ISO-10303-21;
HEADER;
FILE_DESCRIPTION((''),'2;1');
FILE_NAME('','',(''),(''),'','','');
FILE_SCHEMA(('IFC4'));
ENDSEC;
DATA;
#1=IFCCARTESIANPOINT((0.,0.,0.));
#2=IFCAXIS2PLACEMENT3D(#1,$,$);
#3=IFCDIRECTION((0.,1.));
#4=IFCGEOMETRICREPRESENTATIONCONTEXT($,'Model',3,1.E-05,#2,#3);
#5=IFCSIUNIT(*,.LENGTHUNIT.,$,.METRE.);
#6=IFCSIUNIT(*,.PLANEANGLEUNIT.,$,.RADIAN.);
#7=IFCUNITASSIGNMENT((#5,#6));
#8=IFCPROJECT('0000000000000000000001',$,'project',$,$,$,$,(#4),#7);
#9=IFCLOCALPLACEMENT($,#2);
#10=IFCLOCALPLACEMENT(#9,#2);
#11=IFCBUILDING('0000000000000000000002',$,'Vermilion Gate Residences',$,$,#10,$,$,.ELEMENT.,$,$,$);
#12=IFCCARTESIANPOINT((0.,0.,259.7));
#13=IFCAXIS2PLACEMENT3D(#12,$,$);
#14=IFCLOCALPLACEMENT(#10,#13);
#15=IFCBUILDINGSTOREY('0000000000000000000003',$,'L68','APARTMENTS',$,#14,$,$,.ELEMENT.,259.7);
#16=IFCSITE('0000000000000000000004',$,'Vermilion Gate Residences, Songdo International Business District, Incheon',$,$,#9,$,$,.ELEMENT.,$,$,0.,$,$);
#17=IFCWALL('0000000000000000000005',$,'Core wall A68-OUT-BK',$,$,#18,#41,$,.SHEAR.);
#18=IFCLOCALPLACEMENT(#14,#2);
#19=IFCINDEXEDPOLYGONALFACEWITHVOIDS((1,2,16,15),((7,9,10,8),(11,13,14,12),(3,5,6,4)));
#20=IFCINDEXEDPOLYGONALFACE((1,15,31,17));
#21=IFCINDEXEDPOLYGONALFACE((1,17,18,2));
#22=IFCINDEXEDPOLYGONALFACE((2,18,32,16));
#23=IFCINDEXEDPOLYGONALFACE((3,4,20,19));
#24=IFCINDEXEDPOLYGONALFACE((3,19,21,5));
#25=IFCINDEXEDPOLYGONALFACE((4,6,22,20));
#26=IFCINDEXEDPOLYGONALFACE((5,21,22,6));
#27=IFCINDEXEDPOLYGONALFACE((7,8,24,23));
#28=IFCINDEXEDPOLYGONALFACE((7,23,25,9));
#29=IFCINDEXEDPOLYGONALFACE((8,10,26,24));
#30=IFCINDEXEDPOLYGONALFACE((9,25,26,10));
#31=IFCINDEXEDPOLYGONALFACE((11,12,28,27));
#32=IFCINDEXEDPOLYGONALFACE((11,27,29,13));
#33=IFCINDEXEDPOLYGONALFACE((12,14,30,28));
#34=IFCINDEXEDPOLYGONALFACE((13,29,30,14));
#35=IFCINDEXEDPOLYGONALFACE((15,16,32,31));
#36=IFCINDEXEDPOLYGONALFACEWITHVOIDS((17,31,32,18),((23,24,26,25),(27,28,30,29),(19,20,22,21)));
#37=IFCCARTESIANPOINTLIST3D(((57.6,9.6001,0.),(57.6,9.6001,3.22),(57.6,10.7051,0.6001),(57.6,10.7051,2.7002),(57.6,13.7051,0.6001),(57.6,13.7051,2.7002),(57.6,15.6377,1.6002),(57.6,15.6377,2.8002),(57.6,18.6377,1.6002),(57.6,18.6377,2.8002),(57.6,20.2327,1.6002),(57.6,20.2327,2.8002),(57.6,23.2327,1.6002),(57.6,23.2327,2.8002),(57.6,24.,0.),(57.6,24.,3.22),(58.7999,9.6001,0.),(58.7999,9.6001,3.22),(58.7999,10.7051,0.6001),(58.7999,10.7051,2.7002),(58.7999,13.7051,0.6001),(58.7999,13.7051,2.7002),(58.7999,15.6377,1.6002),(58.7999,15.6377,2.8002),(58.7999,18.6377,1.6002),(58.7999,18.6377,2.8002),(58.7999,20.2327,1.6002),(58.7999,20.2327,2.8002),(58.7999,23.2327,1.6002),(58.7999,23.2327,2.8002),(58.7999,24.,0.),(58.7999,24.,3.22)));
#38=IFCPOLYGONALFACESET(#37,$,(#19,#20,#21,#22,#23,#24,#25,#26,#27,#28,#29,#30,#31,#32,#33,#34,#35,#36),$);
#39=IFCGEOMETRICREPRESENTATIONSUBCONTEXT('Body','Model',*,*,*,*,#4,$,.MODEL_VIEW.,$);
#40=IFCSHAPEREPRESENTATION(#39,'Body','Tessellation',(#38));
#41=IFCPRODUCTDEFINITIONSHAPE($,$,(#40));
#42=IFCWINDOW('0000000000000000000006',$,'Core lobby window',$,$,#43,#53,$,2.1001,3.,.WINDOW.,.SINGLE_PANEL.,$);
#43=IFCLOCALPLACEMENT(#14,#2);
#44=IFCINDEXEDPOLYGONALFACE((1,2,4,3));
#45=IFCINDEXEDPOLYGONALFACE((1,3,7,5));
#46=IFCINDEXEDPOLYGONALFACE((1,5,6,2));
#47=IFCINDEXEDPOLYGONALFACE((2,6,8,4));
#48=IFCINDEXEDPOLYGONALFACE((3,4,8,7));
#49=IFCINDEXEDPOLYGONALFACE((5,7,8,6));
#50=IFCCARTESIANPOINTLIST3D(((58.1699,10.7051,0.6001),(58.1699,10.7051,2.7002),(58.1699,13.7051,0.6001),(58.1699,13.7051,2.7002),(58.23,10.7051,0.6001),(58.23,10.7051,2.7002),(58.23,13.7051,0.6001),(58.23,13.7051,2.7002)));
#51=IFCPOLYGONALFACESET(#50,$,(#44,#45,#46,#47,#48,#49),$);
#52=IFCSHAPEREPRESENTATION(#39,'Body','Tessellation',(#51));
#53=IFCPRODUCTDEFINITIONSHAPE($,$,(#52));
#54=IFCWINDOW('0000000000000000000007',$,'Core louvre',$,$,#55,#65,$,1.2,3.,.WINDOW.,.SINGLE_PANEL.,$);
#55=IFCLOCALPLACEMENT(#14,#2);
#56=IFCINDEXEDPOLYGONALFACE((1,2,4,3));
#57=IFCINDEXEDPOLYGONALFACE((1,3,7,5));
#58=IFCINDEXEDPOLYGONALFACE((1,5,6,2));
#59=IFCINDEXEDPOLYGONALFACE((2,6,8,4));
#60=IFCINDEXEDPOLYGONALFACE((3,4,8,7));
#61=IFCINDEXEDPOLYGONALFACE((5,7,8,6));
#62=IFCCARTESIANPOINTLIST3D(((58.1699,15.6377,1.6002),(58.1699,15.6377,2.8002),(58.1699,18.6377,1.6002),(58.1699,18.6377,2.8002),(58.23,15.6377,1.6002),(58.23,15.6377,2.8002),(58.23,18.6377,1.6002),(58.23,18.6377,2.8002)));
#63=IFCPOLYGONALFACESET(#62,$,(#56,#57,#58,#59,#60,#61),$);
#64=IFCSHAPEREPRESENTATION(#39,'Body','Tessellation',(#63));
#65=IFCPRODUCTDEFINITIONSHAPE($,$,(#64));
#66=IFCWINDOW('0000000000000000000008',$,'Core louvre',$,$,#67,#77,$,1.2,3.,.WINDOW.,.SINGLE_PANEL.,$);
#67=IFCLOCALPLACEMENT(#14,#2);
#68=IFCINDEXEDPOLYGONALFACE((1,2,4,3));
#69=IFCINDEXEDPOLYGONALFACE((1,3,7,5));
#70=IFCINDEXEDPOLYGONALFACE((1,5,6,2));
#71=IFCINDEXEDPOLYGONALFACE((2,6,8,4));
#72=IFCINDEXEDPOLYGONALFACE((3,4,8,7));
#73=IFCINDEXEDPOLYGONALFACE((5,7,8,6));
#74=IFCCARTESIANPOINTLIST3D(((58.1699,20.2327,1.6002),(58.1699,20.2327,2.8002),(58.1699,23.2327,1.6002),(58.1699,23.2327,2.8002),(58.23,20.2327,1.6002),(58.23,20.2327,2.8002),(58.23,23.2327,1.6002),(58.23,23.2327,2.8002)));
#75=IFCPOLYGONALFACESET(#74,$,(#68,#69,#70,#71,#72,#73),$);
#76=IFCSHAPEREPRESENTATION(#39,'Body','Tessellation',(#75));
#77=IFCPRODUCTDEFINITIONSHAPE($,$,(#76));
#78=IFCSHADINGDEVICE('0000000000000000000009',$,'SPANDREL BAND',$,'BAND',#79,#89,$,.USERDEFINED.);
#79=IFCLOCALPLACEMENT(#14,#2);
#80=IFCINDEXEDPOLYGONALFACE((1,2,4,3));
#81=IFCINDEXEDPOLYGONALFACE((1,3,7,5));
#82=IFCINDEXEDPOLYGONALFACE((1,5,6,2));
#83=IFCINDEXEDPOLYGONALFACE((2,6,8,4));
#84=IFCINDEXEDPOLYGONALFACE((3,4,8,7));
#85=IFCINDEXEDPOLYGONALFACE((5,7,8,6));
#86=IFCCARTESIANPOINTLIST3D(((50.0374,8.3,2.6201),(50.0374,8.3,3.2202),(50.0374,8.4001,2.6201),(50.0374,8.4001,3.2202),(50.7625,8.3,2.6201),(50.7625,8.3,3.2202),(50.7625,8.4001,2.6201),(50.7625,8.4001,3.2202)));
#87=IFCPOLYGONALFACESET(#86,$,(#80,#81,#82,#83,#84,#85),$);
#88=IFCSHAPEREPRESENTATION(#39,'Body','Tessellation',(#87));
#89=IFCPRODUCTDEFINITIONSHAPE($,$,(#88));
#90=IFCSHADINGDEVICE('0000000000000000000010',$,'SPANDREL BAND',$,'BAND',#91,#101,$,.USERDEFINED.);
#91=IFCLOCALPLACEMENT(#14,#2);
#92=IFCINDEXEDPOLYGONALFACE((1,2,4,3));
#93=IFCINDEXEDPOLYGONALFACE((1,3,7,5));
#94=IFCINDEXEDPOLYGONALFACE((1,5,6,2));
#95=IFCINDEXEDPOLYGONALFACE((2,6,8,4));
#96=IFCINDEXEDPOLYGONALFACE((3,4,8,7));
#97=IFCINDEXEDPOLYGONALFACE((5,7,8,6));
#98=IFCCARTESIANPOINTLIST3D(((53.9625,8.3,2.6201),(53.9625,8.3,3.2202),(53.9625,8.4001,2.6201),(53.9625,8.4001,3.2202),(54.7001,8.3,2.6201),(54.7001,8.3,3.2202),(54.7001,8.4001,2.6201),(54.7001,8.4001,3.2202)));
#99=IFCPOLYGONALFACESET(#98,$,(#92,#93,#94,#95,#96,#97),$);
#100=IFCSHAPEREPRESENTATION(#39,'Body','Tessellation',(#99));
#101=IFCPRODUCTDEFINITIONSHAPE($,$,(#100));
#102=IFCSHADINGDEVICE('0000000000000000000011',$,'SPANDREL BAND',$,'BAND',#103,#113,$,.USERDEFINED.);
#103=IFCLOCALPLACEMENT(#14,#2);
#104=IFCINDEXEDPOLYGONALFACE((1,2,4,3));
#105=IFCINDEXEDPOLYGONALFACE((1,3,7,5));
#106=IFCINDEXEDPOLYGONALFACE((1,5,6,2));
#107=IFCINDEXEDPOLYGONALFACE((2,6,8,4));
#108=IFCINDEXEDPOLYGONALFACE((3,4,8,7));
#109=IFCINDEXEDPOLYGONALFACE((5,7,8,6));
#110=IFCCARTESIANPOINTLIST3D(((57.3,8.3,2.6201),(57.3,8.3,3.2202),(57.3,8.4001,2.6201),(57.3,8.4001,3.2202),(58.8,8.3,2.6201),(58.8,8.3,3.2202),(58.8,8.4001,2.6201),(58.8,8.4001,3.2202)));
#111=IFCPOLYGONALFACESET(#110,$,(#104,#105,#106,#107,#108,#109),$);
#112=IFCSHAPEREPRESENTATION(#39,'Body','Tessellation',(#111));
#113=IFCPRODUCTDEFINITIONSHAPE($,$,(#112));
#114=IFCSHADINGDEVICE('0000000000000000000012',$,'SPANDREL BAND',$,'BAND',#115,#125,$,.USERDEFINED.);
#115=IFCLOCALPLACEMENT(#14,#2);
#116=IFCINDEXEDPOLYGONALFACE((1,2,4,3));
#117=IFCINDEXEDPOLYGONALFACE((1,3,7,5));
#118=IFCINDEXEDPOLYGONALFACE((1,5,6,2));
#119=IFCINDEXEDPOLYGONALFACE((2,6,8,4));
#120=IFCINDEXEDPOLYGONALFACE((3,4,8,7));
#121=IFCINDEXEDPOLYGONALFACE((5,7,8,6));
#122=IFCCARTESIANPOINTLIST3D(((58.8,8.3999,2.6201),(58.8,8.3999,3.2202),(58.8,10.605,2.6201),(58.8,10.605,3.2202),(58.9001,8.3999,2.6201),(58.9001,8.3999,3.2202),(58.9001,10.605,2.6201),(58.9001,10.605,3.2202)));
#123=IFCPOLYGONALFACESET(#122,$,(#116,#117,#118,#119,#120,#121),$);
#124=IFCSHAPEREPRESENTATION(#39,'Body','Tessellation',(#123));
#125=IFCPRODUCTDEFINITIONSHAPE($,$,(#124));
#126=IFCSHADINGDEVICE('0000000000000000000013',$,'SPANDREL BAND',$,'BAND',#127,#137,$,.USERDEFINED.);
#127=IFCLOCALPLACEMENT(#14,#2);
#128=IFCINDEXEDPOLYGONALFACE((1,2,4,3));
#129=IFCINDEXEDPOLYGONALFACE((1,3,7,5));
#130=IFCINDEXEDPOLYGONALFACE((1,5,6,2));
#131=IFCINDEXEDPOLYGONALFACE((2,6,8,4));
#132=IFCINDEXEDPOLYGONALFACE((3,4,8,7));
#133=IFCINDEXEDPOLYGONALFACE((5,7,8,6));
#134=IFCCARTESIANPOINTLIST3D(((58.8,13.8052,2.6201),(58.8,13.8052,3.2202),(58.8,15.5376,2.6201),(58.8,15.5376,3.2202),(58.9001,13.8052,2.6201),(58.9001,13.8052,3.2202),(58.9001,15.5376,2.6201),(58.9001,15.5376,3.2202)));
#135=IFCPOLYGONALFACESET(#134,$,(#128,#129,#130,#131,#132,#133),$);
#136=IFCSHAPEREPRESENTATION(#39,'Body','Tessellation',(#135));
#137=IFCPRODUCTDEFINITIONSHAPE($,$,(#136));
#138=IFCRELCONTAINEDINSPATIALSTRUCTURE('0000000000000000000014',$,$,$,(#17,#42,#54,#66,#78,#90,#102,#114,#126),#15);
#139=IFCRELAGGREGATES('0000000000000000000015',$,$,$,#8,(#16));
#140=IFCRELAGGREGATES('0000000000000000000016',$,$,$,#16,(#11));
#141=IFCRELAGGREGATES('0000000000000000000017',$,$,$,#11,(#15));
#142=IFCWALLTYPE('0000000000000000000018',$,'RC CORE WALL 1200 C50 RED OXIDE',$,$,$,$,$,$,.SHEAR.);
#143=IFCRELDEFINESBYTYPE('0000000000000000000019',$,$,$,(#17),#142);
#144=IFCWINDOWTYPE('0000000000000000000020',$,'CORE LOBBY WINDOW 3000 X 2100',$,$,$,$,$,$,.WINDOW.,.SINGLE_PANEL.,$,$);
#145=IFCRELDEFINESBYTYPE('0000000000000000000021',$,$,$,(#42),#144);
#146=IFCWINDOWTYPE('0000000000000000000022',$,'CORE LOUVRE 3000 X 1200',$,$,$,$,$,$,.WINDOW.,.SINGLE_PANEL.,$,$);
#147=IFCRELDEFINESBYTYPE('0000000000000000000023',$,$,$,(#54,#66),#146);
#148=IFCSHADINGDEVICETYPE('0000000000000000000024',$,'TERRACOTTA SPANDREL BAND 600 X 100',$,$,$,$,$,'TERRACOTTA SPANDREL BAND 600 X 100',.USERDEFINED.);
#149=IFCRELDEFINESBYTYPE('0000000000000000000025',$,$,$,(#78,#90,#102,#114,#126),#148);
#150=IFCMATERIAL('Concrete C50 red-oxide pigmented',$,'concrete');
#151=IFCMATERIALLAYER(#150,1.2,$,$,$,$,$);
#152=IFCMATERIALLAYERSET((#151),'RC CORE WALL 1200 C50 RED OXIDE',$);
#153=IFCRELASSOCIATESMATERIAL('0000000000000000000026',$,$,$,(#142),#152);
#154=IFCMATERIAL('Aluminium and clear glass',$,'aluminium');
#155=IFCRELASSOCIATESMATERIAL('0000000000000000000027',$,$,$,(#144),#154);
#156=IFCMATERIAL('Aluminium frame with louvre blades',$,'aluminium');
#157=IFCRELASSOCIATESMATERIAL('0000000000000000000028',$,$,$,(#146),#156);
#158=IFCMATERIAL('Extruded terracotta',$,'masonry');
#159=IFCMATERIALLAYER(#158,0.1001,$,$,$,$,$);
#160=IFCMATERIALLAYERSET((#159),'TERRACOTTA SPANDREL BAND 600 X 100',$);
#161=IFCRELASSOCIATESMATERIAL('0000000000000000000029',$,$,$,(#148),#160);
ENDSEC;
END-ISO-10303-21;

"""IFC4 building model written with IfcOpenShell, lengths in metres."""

from ifc_helpers import new_model, si_unit, direction, frame, frame_2d, origin, origin_2d, place, context, subcontext, project, spatial, rectangle, extrude, material, layer, layer_set, type_object, element, fill, save


model = new_model("IFC4")

# Units and contexts
model_context = context("Model", 3, precision=1e-05, world=origin(), true_north=direction((0.0, 1.0)))
body_context = subcontext(model_context, "Body", "Model", "MODEL_VIEW")
ifc_project = project(units=[si_unit("LENGTHUNIT", "METRE"), si_unit("PLANEANGLEUNIT", "RADIAN")], contexts=[model_context])

# Site, building, storey
site_placement = place(None, origin())
site = spatial("IfcSite", under=ifc_project, at=site_placement, Name="Vermilion Gate Residences, Songdo International Business District, Incheon", CompositionType="ELEMENT", RefElevation=0.0)
building_placement = place(site_placement, origin())
building = spatial("IfcBuilding", under=site, at=building_placement, Name="Vermilion Gate Residences", CompositionType="ELEMENT")
storey_placement = place(building_placement, frame((0.0, 0.0, 259.7)))
storey = spatial("IfcBuildingStorey", under=building, at=storey_placement, Name="L68", Description="APARTMENTS", CompositionType="ELEMENT", Elevation=259.7)

# Wall, openings, windows
ifc_material_1 = material(Name="Concrete C50 red-oxide pigmented", Category="concrete")
ifc_layer_1 = layer(ifc_material_1, 1.2)
ifc_layer_set_1 = layer_set([ifc_layer_1], Name="RC CORE WALL 1200 C50 RED OXIDE")
wall_type_1 = type_object("IfcWallType", Name="RC CORE WALL 1200 C50 RED OXIDE", PredefinedType="SHEAR", material=ifc_layer_set_1)
wall_1_placement = place(storey_placement, frame((58.2, 9.6001, 0.0), z_axis=(0.0, 0.0, 1.0), x_axis=(0.0, 1.0, 0.0)))
wall_1 = element("IfcWall", 1, at=wall_1_placement, inside=storey, type_object=wall_type_1, Name="Core wall A68-OUT-BK", PredefinedType="SHEAR", context=body_context, shape_type="SweptSolid", body=[
    extrude(rectangle(XDim=14.3999, YDim=1.2, at=frame_2d((7.2, 0.0))), origin(), (0.0, 0.0, 1.0), 3.22),
])
opening_1_placement = place(wall_1_placement, frame((1.105, 0.0, 0.6001)))
opening_1 = element("IfcOpeningElement", 2, at=opening_1_placement, cuts=wall_1, PredefinedType="OPENING", context=body_context, shape_type="SweptSolid", body=[
    extrude(rectangle(XDim=3.0, YDim=2.1001, at=frame_2d((1.5, 1.05))), frame((0.0, 0.6099, 0.0), z_axis=(0.0, -1.0, 0.0), x_axis=(1.0, 0.0, 0.0)), (0.0, 0.0, 1.0), 1.22),
])
opening_2_placement = place(wall_1_placement, frame((6.0376, 0.0, 1.6001)))
opening_2 = element("IfcOpeningElement", 3, at=opening_2_placement, cuts=wall_1, PredefinedType="OPENING", context=body_context, shape_type="SweptSolid", body=[
    extrude(rectangle(XDim=3.0, YDim=1.2, at=frame_2d((1.5, 0.6001))), frame((0.0, 0.6099, 0.0), z_axis=(0.0, -1.0, 0.0), x_axis=(1.0, 0.0, 0.0)), (0.0, 0.0, 1.0), 1.22),
])
opening_3_placement = place(wall_1_placement, frame((10.6326, 0.0, 1.6001)))
opening_3 = element("IfcOpeningElement", 4, at=opening_3_placement, cuts=wall_1, PredefinedType="OPENING", context=body_context, shape_type="SweptSolid", body=[
    extrude(rectangle(XDim=3.0, YDim=1.2, at=frame_2d((1.5, 0.6001))), frame((0.0, 0.6099, 0.0), z_axis=(0.0, -1.0, 0.0), x_axis=(1.0, 0.0, 0.0)), (0.0, 0.0, 1.0), 1.22),
])
ifc_material_2 = material(Name="Aluminium and clear glass", Category="aluminium")
window_type_1 = type_object("IfcWindowType", Name="CORE LOBBY WINDOW 3000 X 2100", PartitioningType="SINGLE_PANEL", PredefinedType="WINDOW", material=ifc_material_2)
window_1_placement = place(opening_1_placement, origin())
window_1 = element("IfcWindow", 5, at=window_1_placement, inside=storey, type_object=window_type_1, Name="Core lobby window", OverallHeight=2.1001, OverallWidth=3.0, PartitioningType="SINGLE_PANEL", PredefinedType="WINDOW", context=body_context, shape_type="SweptSolid", body=[
    extrude(rectangle(XDim=3.0, YDim=2.1001, at=frame_2d((1.5, 1.05))), frame((0.0, 0.03, 0.0), z_axis=(0.0, -1.0, 0.0), x_axis=(1.0, 0.0, 0.0)), (0.0, 0.0, 1.0), 0.0601),
])
fill(opening_1, window_1)
ifc_material_3 = material(Name="Aluminium frame with louvre blades", Category="aluminium")
window_type_2 = type_object("IfcWindowType", Name="CORE LOUVRE 3000 X 1200", PartitioningType="SINGLE_PANEL", PredefinedType="WINDOW", material=ifc_material_3)
window_2_placement = place(opening_2_placement, origin())
window_2 = element("IfcWindow", 6, at=window_2_placement, inside=storey, type_object=window_type_2, Name="Core louvre", OverallHeight=1.2, OverallWidth=3.0, PartitioningType="SINGLE_PANEL", PredefinedType="WINDOW", context=body_context, shape_type="SweptSolid", body=[
    extrude(rectangle(XDim=3.0, YDim=1.2, at=frame_2d((1.5, 0.6001))), frame((0.0, 0.03, 0.0), z_axis=(0.0, -1.0, 0.0), x_axis=(1.0, 0.0, 0.0)), (0.0, 0.0, 1.0), 0.0601),
])
fill(opening_2, window_2)
window_3_placement = place(opening_3_placement, origin())
window_3 = element("IfcWindow", 7, at=window_3_placement, inside=storey, type_object=window_type_2, Name="Core louvre", OverallHeight=1.2, OverallWidth=3.0, PartitioningType="SINGLE_PANEL", PredefinedType="WINDOW", context=body_context, shape_type="SweptSolid", body=[
    extrude(rectangle(XDim=3.0, YDim=1.2, at=frame_2d((1.5, 0.6001))), frame((0.0, 0.03, 0.0), z_axis=(0.0, -1.0, 0.0), x_axis=(1.0, 0.0, 0.0)), (0.0, 0.0, 1.0), 0.0601),
])
fill(opening_3, window_3)

# Shading devices
ifc_material_4 = material(Name="Extruded terracotta", Category="masonry")
ifc_layer_2 = layer(ifc_material_4, 0.1001)
ifc_layer_set_2 = layer_set([ifc_layer_2], Name="TERRACOTTA SPANDREL BAND 600 X 100")
shading_device_type = type_object("IfcShadingDeviceType", Name="TERRACOTTA SPANDREL BAND 600 X 100", ElementType="TERRACOTTA SPANDREL BAND 600 X 100", PredefinedType="USERDEFINED", material=ifc_layer_set_2)
shading_device_1_placement = place(storey_placement, frame((50.3999, 8.3501, 2.6201), z_axis=(0.0, 0.0, 1.0), x_axis=(1.0, 0.0, 0.0)))
element("IfcShadingDevice", 8, at=shading_device_1_placement, inside=storey, type_object=shading_device_type, Name="SPANDREL BAND", ObjectType="BAND", PredefinedType="USERDEFINED", context=body_context, shape_type="SweptSolid", body=[
    extrude(rectangle(XDim=0.7251, YDim=0.1001, at=origin_2d()), origin(), (0.0, 0.0, 1.0), 0.6001),
])
shading_device_2_placement = place(storey_placement, frame((54.3313, 8.3501, 2.6201), z_axis=(0.0, 0.0, 1.0), x_axis=(1.0, 0.0, 0.0)))
element("IfcShadingDevice", 9, at=shading_device_2_placement, inside=storey, type_object=shading_device_type, Name="SPANDREL BAND", ObjectType="BAND", PredefinedType="USERDEFINED", context=body_context, shape_type="SweptSolid", body=[
    extrude(rectangle(XDim=0.7375, YDim=0.1001, at=origin_2d()), origin(), (0.0, 0.0, 1.0), 0.6001),
])
shading_device_3_placement = place(storey_placement, frame((58.05, 8.3501, 2.6201), z_axis=(0.0, 0.0, 1.0), x_axis=(1.0, 0.0, 0.0)))
element("IfcShadingDevice", 10, at=shading_device_3_placement, inside=storey, type_object=shading_device_type, Name="SPANDREL BAND", ObjectType="BAND", PredefinedType="USERDEFINED", context=body_context, shape_type="SweptSolid", body=[
    extrude(rectangle(XDim=1.5, YDim=0.1001, at=origin_2d()), origin(), (0.0, 0.0, 1.0), 0.6001),
])
shading_device_4_placement = place(storey_placement, frame((58.8501, 9.5024, 2.6201), z_axis=(0.0, 0.0, 1.0), x_axis=(0.0, 1.0, 0.0)))
element("IfcShadingDevice", 11, at=shading_device_4_placement, inside=storey, type_object=shading_device_type, Name="SPANDREL BAND", ObjectType="BAND", PredefinedType="USERDEFINED", context=body_context, shape_type="SweptSolid", body=[
    extrude(rectangle(XDim=2.2051, YDim=0.1001, at=origin_2d()), origin(), (0.0, 0.0, 1.0), 0.6001),
])
shading_device_5_placement = place(storey_placement, frame((58.8501, 14.6714, 2.6201), z_axis=(0.0, 0.0, 1.0), x_axis=(0.0, 1.0, 0.0)))
element("IfcShadingDevice", 12, at=shading_device_5_placement, inside=storey, type_object=shading_device_type, Name="SPANDREL BAND", ObjectType="BAND", PredefinedType="USERDEFINED", context=body_context, shape_type="SweptSolid", body=[
    extrude(rectangle(XDim=1.7324, YDim=0.1001, at=origin_2d()), origin(), (0.0, 0.0, 1.0), 0.6001),
])

save(model, "model.ifc")
